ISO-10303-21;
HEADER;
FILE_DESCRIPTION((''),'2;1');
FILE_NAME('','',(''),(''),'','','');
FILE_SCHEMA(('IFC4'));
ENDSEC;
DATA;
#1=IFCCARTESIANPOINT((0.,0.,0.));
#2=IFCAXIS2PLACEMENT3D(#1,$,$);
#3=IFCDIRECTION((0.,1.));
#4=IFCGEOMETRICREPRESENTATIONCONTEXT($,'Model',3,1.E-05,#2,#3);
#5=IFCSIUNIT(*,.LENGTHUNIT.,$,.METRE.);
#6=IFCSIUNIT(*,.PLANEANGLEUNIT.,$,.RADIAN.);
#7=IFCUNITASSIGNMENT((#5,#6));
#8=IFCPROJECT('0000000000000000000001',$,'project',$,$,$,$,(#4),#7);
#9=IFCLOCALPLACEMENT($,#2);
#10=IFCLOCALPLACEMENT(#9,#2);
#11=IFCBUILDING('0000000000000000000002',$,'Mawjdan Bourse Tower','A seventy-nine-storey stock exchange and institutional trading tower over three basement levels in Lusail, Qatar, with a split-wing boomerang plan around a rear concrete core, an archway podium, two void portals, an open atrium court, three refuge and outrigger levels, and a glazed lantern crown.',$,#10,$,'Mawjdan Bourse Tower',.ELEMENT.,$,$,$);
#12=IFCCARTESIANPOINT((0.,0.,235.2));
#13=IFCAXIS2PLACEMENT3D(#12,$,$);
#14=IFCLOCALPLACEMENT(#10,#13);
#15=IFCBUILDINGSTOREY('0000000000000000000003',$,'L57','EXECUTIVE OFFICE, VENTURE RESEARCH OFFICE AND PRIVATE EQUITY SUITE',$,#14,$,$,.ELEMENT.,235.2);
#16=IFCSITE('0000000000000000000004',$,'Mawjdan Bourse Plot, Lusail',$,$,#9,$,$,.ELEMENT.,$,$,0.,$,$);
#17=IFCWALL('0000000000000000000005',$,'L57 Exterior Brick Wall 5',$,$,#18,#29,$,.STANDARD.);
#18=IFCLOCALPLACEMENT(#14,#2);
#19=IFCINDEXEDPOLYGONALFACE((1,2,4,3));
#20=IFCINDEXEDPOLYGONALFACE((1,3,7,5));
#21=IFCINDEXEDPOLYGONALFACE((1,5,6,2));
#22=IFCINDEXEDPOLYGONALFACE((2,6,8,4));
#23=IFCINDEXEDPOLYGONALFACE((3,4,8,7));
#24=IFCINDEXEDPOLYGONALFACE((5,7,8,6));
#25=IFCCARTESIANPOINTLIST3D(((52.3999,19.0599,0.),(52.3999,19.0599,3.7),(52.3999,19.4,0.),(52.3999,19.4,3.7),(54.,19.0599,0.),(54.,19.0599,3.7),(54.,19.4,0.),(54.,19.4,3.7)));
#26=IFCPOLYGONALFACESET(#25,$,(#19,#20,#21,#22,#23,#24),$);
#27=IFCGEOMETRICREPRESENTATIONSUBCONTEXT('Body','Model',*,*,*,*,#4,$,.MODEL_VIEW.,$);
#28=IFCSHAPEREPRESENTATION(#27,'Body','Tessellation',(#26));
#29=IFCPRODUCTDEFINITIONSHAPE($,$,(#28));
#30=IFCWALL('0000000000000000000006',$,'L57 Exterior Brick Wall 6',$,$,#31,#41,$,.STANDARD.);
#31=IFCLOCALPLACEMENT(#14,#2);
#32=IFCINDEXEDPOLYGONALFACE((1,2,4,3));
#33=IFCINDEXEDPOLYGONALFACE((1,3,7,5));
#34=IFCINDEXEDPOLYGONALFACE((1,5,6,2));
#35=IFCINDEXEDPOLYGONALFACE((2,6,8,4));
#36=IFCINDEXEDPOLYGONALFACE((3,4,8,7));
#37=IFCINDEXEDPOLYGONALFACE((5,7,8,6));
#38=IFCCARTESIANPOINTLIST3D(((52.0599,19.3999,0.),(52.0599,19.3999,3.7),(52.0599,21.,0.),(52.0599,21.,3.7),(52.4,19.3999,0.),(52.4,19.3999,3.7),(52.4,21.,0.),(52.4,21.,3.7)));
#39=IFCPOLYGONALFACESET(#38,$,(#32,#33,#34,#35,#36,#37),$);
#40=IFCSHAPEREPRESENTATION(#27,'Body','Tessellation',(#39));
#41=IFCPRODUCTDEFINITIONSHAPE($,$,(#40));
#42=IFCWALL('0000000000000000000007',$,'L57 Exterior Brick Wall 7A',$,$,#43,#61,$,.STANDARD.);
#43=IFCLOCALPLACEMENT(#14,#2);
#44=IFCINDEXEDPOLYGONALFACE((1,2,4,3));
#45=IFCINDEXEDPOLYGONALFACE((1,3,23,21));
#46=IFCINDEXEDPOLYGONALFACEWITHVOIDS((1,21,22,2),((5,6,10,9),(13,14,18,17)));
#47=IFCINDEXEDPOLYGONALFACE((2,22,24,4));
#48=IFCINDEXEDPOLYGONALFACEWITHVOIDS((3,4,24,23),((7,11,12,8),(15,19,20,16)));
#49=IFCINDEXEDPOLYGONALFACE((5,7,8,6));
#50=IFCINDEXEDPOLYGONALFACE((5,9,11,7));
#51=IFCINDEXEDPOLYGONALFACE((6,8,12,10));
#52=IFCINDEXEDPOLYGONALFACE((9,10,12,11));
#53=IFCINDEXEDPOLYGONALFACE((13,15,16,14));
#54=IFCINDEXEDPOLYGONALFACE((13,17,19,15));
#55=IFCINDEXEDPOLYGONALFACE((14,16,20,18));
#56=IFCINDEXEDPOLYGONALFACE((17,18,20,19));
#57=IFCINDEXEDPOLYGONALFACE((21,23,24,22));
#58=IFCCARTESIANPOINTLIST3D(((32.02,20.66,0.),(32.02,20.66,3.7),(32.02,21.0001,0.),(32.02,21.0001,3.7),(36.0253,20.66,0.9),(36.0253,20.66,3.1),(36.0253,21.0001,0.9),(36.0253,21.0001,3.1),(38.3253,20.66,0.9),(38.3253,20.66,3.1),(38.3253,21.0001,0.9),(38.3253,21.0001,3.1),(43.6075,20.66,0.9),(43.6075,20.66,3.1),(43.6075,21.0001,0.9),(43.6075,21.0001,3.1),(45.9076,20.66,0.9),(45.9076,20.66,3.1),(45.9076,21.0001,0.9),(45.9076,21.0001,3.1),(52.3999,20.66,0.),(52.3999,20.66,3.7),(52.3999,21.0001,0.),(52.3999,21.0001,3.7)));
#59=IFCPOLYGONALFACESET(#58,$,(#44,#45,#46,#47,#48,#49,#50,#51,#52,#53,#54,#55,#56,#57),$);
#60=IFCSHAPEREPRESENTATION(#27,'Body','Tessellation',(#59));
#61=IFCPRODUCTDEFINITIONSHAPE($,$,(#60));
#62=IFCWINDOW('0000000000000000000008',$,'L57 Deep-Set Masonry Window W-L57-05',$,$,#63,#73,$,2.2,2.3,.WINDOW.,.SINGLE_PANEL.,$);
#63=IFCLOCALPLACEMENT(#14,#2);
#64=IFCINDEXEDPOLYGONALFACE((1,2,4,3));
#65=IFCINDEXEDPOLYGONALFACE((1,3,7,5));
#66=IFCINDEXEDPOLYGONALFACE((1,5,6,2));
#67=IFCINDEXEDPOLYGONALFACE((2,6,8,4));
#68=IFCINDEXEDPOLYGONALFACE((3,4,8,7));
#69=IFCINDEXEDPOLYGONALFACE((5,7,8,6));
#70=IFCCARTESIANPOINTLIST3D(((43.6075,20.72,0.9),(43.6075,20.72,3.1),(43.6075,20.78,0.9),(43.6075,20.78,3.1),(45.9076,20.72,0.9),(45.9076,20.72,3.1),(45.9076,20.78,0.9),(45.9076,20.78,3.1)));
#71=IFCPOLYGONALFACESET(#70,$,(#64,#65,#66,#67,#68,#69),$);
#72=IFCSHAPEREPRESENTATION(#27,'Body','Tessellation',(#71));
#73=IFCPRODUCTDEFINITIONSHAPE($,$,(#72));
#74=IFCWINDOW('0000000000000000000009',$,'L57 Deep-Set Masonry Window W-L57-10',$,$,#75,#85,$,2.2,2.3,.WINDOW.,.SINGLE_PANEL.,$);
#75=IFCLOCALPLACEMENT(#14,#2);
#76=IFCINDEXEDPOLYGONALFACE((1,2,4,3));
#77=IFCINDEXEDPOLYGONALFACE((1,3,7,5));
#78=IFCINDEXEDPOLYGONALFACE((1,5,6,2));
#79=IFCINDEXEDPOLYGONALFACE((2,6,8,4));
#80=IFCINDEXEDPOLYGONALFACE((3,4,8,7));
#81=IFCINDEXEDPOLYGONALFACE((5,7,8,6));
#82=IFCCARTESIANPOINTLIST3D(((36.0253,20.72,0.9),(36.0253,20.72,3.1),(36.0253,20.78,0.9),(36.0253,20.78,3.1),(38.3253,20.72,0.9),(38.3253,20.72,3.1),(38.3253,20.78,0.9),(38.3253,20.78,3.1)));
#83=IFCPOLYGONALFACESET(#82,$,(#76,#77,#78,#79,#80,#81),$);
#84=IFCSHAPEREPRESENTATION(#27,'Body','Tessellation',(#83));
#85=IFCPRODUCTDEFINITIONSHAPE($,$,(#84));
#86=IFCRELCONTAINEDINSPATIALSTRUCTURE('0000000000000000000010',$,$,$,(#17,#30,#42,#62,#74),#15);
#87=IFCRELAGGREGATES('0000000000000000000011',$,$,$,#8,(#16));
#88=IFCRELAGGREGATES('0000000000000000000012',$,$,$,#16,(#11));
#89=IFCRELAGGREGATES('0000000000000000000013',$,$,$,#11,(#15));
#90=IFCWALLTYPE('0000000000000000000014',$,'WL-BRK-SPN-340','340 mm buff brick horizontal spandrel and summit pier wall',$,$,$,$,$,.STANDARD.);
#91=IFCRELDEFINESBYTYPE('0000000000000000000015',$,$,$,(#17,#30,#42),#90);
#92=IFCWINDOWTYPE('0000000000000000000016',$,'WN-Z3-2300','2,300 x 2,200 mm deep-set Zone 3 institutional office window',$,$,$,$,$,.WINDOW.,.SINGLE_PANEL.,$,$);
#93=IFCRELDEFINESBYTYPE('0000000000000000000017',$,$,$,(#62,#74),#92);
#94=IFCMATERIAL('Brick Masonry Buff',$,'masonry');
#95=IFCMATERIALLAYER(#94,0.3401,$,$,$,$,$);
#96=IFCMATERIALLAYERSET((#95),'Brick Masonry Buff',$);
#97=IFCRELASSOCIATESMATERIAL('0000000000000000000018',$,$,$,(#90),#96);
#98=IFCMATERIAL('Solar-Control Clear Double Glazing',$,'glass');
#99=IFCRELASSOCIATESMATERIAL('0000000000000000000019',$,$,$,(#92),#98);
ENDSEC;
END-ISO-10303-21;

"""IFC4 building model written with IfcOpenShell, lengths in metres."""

from ifc_helpers import new_model, si_unit, direction, frame, frame_2d, origin, place, context, subcontext, project, spatial, rectangle, extrude, material, layer, layer_set, type_object, element, fill, save


model = new_model("IFC4")

# Units and contexts
model_context = context("Model", 3, precision=1e-05, world=origin(), true_north=direction((0.0, 1.0)))
body_context = subcontext(model_context, "Body", "Model", "MODEL_VIEW")
ifc_project = project(units=[si_unit("LENGTHUNIT", "METRE"), si_unit("PLANEANGLEUNIT", "RADIAN")], contexts=[model_context])

# Site, building, storey
site_placement = place(None, origin())
site = spatial("IfcSite", under=ifc_project, at=site_placement, Name="Mawjdan Bourse Plot, Lusail", CompositionType="ELEMENT", RefElevation=0.0)
building_placement = place(site_placement, origin())
building = spatial("IfcBuilding", under=site, at=building_placement, Name="Mawjdan Bourse Tower", Description="A seventy-nine-storey stock exchange and institutional trading tower over three basement levels in Lusail, Qatar, with a split-wing boomerang plan around a rear concrete core, an archway podium, two void portals, an open atrium court, three refuge and outrigger levels, and a glazed lantern crown.", LongName="Mawjdan Bourse Tower", CompositionType="ELEMENT")
storey_placement = place(building_placement, frame((0.0, 0.0, 235.2)))
storey = spatial("IfcBuildingStorey", under=building, at=storey_placement, Name="L57", Description="EXECUTIVE OFFICE, VENTURE RESEARCH OFFICE AND PRIVATE EQUITY SUITE", CompositionType="ELEMENT", Elevation=235.2)

# Walls
ifc_material_1 = material(Name="Brick Masonry Buff", Category="masonry")
ifc_layer_1 = layer(ifc_material_1, 0.3401)
ifc_layer_set_1 = layer_set([ifc_layer_1], Name="Brick Masonry Buff")
wall_type = type_object("IfcWallType", Name="WL-BRK-SPN-340", Description="340 mm buff brick horizontal spandrel and summit pier wall", PredefinedType="STANDARD", material=ifc_layer_set_1)
for number, where, z_axis, x_axis, name in (
    (1, (54.0, 19.23, 0.0), (0.0, 0.0, 1.0), (-1.0, 0.0, 0.0), "L57 Exterior Brick Wall 5"),
    (2, (52.23, 19.3999, 0.0), (0.0, 0.0, 1.0), (0.0, 1.0, 0.0), "L57 Exterior Brick Wall 6"),
):
    element("IfcWall", number, at=place(storey_placement, frame(where, z_axis=z_axis, x_axis=x_axis)), inside=storey, type_object=wall_type, Name=name, PredefinedType="STANDARD", context=body_context, shape_type="SweptSolid", body=[
        extrude(rectangle(XDim=1.6001, YDim=0.3401, at=frame_2d((0.8, 0.0))), origin(), (0.0, 0.0, 1.0), 3.7),
    ])

# Wall, openings, windows
wall_placement = place(storey_placement, frame((52.3999, 20.8301, 0.0), z_axis=(0.0, 0.0, 1.0), x_axis=(-1.0, 0.0, 0.0)))
wall = element("IfcWall", 3, at=wall_placement, inside=storey, type_object=wall_type, Name="L57 Exterior Brick Wall 7A", PredefinedType="STANDARD", context=body_context, shape_type="SweptSolid", body=[
    extrude(rectangle(XDim=20.3799, YDim=0.3401, at=frame_2d((10.1899, 0.0))), origin(), (0.0, 0.0, 1.0), 3.7),
])
opening_1_placement = place(wall_placement, frame((6.4924, 0.0, 0.8999)))
opening_1 = element("IfcOpeningElement", 4, at=opening_1_placement, cuts=wall, PredefinedType="OPENING", context=body_context, shape_type="SweptSolid", body=[
    extrude(rectangle(XDim=2.3, YDim=2.2, at=frame_2d((1.1499, 1.1001))), frame((0.0, 0.1802, 0.0), z_axis=(0.0, -1.0, 0.0), x_axis=(1.0, 0.0, 0.0)), (0.0, 0.0, 1.0), 0.3601),
])
opening_2_placement = place(wall_placement, frame((14.0747, 0.0, 0.8999)))
opening_2 = element("IfcOpeningElement", 5, at=opening_2_placement, cuts=wall, PredefinedType="OPENING", context=body_context, shape_type="SweptSolid", body=[
    extrude(rectangle(XDim=2.3, YDim=2.2, at=frame_2d((1.1499, 1.1001))), frame((0.0, 0.1802, 0.0), z_axis=(0.0, -1.0, 0.0), x_axis=(1.0, 0.0, 0.0)), (0.0, 0.0, 1.0), 0.3601),
])
ifc_material_2 = material(Name="Solar-Control Clear Double Glazing", Category="glass")
window_type = type_object("IfcWindowType", Name="WN-Z3-2300", Description="2,300 x 2,200 mm deep-set Zone 3 institutional office window", PartitioningType="SINGLE_PANEL", PredefinedType="WINDOW", material=ifc_material_2)
window_1_placement = place(opening_1_placement, origin())
window_1 = element("IfcWindow", 6, at=window_1_placement, inside=storey, type_object=window_type, Name="L57 Deep-Set Masonry Window W-L57-05", OverallHeight=2.2, OverallWidth=2.3, PartitioningType="SINGLE_PANEL", PredefinedType="WINDOW", context=body_context, shape_type="SweptSolid", body=[
    extrude(rectangle(XDim=2.3, YDim=2.2, at=frame_2d((1.1499, 1.1001))), frame((0.0, 0.1101, 0.0), z_axis=(0.0, -1.0, 0.0), x_axis=(1.0, 0.0, 0.0)), (0.0, 0.0, 1.0), 0.0601),
])
fill(opening_1, window_1)
window_2_placement = place(opening_2_placement, origin())
window_2 = element("IfcWindow", 7, at=window_2_placement, inside=storey, type_object=window_type, Name="L57 Deep-Set Masonry Window W-L57-10", OverallHeight=2.2, OverallWidth=2.3, PartitioningType="SINGLE_PANEL", PredefinedType="WINDOW", context=body_context, shape_type="SweptSolid", body=[
    extrude(rectangle(XDim=2.3, YDim=2.2, at=frame_2d((1.1499, 1.1001))), frame((0.0, 0.1101, 0.0), z_axis=(0.0, -1.0, 0.0), x_axis=(1.0, 0.0, 0.0)), (0.0, 0.0, 1.0), 0.0601),
])
fill(opening_2, window_2)

save(model, "model.ifc")
